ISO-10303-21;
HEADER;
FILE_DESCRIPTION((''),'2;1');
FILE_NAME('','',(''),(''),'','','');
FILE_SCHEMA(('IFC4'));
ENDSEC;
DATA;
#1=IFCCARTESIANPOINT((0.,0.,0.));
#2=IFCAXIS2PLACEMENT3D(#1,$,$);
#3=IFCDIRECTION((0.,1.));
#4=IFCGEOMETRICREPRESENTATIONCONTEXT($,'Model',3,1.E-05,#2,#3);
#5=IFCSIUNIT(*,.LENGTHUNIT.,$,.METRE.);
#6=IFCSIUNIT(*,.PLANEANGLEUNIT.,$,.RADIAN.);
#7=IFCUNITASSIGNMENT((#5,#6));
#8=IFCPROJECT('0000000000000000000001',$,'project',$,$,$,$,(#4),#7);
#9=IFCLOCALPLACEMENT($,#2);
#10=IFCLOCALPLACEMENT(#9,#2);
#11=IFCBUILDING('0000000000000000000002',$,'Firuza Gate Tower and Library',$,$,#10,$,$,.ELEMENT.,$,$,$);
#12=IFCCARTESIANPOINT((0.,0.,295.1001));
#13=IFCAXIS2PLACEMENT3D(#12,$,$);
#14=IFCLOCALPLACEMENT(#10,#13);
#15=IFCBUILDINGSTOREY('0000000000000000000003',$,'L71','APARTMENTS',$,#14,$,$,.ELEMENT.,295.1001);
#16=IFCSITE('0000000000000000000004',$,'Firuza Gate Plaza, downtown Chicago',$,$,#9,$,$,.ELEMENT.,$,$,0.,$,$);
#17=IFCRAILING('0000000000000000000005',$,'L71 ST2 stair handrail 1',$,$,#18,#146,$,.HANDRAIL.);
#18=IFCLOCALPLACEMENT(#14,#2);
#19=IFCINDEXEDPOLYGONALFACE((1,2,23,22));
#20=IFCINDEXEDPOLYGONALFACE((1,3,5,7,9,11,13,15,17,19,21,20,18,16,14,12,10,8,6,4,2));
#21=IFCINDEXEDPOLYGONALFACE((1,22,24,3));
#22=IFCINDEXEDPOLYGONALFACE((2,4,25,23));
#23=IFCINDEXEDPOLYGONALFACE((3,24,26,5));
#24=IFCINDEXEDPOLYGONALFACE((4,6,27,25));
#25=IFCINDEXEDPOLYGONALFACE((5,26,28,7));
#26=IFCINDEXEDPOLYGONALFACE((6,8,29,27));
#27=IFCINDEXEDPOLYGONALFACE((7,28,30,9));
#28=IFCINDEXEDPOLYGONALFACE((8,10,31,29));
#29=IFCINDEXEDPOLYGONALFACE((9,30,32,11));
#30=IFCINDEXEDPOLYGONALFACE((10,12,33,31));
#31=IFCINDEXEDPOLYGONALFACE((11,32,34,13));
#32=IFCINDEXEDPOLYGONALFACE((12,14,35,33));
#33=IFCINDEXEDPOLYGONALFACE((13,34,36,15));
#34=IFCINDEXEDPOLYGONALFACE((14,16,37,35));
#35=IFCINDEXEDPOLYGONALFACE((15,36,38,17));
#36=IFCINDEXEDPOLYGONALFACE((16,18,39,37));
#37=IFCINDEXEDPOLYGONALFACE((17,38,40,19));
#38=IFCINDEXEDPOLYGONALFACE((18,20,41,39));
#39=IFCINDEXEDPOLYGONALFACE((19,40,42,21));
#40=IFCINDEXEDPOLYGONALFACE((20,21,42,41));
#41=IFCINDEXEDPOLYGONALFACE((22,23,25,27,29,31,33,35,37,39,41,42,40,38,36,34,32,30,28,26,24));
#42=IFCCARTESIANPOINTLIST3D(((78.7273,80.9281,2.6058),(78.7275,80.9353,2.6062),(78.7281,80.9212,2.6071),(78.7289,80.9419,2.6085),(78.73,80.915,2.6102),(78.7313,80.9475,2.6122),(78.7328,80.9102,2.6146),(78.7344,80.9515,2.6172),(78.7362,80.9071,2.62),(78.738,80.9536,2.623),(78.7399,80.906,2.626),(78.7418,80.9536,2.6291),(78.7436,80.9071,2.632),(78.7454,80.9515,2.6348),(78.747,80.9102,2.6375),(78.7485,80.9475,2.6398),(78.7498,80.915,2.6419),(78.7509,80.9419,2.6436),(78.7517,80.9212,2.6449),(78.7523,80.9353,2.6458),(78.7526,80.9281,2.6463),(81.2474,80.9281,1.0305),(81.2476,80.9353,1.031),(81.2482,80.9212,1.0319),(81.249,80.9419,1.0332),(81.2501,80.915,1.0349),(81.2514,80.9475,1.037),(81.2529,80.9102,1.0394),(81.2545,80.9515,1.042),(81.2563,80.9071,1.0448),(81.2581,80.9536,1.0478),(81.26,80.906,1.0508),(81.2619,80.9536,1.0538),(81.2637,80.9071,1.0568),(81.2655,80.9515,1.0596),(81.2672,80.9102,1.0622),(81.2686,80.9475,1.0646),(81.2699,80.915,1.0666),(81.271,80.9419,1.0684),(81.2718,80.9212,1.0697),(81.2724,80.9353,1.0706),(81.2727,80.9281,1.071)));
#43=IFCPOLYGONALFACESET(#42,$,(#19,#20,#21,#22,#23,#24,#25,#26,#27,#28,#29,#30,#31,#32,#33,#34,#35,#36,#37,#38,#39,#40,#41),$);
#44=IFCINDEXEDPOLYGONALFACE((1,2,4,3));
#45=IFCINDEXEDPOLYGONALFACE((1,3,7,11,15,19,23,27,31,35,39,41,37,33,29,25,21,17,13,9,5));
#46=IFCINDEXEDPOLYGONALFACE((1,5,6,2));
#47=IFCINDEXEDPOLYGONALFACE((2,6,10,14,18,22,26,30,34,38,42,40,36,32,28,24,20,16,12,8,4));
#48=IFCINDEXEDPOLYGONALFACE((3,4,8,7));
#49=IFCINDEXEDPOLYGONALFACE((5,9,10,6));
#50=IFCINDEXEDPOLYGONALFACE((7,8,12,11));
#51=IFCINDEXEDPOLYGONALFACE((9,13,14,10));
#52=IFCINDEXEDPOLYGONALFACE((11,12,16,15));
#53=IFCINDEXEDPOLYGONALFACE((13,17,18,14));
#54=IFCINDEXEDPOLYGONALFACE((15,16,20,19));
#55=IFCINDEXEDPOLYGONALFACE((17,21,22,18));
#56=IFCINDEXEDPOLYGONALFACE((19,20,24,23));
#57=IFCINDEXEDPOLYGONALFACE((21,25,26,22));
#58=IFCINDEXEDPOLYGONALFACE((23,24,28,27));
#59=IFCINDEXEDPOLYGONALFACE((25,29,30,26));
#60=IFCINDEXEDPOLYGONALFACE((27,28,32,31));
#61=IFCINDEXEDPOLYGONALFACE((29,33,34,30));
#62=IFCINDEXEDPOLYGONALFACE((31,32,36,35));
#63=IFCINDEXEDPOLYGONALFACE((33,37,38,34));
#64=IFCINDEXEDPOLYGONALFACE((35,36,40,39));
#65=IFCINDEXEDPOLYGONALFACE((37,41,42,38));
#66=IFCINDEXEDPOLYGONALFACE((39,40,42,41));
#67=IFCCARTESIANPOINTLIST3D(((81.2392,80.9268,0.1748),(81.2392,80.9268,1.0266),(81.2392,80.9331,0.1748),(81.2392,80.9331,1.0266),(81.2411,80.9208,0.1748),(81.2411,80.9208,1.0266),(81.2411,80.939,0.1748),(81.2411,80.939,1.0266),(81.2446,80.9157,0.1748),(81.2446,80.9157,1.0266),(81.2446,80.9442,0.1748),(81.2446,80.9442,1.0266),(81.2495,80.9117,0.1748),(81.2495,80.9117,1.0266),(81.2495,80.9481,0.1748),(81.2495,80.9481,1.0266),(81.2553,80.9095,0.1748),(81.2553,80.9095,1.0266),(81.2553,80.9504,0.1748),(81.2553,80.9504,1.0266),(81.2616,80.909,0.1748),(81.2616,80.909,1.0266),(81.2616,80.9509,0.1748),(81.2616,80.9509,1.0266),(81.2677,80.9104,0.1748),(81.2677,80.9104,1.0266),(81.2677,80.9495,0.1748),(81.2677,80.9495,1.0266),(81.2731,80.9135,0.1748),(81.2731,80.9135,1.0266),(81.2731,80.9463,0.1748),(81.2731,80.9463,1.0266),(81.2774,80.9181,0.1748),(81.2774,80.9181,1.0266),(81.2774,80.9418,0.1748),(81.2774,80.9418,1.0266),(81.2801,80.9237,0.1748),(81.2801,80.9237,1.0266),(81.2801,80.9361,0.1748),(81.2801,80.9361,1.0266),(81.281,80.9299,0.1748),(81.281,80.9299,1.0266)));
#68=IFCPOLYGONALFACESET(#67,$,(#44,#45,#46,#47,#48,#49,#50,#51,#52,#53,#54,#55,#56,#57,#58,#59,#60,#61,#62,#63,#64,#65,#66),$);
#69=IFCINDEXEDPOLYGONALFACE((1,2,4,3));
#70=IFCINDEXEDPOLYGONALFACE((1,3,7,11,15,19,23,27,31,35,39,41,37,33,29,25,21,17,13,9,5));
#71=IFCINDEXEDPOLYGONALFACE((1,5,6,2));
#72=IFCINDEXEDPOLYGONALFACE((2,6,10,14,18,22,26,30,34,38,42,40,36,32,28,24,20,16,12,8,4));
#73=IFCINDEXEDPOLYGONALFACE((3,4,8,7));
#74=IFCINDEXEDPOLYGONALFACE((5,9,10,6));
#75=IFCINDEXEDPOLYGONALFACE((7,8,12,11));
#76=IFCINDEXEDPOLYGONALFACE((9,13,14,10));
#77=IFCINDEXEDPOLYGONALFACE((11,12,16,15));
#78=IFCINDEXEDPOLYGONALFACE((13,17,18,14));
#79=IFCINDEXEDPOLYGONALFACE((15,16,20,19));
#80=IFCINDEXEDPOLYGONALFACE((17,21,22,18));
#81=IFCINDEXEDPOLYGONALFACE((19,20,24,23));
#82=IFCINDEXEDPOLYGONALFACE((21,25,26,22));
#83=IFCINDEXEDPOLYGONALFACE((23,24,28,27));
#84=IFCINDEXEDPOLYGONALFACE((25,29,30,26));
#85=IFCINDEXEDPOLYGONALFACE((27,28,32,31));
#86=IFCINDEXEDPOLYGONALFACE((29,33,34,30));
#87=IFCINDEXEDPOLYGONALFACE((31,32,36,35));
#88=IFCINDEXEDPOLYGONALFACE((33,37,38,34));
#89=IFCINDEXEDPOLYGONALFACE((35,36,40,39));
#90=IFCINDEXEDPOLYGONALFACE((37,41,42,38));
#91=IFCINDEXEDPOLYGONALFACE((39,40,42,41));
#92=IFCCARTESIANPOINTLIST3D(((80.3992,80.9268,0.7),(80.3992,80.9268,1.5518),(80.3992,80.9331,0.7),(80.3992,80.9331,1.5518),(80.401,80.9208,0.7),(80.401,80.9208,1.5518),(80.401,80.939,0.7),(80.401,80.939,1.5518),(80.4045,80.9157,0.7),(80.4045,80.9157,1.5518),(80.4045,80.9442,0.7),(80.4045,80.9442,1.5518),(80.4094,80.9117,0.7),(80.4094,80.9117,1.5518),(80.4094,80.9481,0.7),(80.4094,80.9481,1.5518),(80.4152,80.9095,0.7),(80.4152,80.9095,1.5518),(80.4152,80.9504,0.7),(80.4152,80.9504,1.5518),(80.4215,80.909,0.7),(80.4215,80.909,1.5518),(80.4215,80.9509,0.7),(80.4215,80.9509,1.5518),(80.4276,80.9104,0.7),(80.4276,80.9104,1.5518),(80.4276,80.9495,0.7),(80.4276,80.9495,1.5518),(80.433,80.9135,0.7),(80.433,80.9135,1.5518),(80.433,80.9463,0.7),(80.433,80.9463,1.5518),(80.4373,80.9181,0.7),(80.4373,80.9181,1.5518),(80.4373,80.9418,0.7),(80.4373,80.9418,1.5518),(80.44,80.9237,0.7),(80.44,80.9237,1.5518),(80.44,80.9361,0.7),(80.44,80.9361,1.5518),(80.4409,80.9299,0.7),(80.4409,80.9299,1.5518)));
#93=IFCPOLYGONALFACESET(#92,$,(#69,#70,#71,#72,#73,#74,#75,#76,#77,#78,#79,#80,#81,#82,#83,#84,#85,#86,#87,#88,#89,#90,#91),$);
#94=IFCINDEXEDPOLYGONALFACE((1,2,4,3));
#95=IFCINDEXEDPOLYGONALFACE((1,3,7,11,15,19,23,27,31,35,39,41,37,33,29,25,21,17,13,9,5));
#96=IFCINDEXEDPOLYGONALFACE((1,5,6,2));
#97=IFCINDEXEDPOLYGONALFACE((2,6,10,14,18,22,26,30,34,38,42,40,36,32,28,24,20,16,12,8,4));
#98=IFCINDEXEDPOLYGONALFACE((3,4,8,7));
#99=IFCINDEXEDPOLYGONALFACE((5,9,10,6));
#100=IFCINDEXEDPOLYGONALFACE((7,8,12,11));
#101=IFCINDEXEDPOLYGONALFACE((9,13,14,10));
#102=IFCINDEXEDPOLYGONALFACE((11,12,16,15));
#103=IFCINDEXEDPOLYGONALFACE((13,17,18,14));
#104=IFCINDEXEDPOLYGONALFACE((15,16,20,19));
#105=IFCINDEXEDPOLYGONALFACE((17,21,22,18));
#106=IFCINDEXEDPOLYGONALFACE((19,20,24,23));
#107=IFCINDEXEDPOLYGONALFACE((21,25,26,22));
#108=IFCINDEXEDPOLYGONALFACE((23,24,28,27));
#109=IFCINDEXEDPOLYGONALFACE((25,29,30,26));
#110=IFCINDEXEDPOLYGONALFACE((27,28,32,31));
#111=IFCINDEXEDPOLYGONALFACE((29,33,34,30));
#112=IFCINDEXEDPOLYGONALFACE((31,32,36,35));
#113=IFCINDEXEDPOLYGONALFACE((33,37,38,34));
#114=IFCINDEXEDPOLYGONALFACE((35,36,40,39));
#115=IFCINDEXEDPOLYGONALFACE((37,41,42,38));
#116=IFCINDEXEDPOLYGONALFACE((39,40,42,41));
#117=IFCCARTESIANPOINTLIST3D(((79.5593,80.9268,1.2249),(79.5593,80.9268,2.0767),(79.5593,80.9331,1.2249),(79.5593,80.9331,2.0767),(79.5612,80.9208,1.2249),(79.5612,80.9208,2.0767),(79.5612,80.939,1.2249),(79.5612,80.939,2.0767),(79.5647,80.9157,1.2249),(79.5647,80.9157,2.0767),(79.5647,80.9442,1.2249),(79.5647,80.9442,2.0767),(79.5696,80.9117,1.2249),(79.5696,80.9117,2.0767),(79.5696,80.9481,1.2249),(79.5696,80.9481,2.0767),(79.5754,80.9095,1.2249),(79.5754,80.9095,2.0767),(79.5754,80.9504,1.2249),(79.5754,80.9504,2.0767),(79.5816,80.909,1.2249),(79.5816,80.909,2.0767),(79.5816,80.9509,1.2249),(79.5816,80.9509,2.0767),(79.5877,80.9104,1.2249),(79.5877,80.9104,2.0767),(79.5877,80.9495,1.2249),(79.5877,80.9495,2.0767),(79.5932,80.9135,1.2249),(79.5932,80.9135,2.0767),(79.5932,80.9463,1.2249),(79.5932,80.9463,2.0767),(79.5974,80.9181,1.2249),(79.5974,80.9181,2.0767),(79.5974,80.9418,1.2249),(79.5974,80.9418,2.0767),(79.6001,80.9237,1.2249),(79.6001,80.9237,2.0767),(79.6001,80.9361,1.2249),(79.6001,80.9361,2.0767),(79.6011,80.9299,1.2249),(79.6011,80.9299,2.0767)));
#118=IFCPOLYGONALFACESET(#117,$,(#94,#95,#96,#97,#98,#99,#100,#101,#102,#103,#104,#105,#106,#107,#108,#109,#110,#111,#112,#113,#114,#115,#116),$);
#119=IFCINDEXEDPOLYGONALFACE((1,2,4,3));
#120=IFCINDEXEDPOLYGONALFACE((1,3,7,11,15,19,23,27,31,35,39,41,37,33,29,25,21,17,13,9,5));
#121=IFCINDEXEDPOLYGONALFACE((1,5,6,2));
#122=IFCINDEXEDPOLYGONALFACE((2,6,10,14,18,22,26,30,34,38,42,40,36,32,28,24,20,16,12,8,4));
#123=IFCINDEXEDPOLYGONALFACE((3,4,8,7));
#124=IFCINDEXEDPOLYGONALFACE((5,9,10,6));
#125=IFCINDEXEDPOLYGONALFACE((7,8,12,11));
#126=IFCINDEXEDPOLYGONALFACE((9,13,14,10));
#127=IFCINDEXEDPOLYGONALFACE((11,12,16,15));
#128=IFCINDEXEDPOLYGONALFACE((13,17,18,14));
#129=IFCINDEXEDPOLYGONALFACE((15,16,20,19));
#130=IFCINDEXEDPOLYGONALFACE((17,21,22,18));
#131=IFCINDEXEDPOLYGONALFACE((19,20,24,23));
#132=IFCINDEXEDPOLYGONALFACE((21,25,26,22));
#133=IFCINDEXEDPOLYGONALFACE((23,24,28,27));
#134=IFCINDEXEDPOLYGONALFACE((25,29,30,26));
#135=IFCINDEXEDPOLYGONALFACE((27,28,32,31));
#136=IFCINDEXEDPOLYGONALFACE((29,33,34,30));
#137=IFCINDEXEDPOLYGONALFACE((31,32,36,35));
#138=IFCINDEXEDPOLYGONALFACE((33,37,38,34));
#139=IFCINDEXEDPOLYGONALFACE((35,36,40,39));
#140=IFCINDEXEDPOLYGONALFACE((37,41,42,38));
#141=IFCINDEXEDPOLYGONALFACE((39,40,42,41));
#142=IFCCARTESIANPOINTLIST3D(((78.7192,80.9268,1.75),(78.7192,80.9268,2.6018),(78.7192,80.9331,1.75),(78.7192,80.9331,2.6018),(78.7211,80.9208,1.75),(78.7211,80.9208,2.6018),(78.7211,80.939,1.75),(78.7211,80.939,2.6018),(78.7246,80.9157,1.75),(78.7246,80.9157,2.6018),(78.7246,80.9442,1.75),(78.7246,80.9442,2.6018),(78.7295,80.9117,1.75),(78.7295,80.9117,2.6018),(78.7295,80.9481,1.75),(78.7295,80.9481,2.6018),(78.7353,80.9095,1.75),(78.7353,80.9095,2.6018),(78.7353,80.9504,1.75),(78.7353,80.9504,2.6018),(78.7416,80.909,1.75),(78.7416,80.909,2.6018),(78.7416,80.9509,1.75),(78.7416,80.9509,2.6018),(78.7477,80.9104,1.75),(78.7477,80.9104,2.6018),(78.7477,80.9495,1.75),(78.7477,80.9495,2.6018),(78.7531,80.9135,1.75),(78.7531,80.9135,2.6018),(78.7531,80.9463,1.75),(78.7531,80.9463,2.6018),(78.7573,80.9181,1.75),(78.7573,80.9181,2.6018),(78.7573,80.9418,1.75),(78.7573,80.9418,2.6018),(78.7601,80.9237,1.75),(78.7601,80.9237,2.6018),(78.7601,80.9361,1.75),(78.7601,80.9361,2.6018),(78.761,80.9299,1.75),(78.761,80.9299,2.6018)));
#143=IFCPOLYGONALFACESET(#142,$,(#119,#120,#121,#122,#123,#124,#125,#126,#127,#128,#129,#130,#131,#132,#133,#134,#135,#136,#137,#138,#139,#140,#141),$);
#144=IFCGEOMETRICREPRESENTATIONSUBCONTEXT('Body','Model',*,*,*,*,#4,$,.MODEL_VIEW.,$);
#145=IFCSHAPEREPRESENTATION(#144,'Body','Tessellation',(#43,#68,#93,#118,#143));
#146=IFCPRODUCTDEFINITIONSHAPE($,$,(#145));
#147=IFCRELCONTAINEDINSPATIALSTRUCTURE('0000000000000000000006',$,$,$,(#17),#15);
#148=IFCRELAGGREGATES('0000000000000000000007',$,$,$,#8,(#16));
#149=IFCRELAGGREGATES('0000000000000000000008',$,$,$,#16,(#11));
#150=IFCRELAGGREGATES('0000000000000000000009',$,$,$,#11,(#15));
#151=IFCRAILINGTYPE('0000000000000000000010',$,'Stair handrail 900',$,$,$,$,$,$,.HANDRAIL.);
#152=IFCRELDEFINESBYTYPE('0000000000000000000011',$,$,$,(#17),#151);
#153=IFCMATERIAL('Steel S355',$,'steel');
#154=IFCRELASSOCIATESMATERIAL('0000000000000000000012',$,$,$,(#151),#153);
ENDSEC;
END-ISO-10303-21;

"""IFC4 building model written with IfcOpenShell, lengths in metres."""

from ifc_helpers import new_model, si_unit, direction, frame, origin, origin_2d, place, context, subcontext, project, spatial, circle, extrude, material, type_object, element, save


model = new_model("IFC4")

# Units and contexts
model_context = context("Model", 3, precision=1e-05, world=origin(), true_north=direction((0.0, 1.0)))
body_context = subcontext(model_context, "Body", "Model", "MODEL_VIEW")
ifc_project = project(units=[si_unit("LENGTHUNIT", "METRE"), si_unit("PLANEANGLEUNIT", "RADIAN")], contexts=[model_context])

# Site, building, storey
site_placement = place(None, origin())
site = spatial("IfcSite", under=ifc_project, at=site_placement, Name="Firuza Gate Plaza, downtown Chicago", CompositionType="ELEMENT", RefElevation=0.0)
building_placement = place(site_placement, origin())
building = spatial("IfcBuilding", under=site, at=building_placement, Name="Firuza Gate Tower and Library", CompositionType="ELEMENT")
storey_placement = place(building_placement, frame((0.0, 0.0, 295.1001)))
storey = spatial("IfcBuildingStorey", under=building, at=storey_placement, Name="L71", Description="APARTMENTS", CompositionType="ELEMENT", Elevation=295.1001)

# Railing
ifc_material_1 = material(Name="Steel S355", Category="steel")
railing_type_1 = type_object("IfcRailingType", Name="Stair handrail 900", PredefinedType="HANDRAIL", material=ifc_material_1)
railing_1_placement = place(storey_placement, frame((81.26, 80.9299, 0.1748)))
element("IfcRailing", 1, at=railing_1_placement, inside=storey, type_object=railing_type_1, Name="L71 ST2 stair handrail 1", PredefinedType="HANDRAIL", context=body_context, shape_type="SweptSolid", body=[
    extrude(circle(Radius=0.0239, at=origin_2d()), frame((0.0, 0.0, 0.876), z_axis=(-0.847971, 0.0, 0.530043), x_axis=(0.0, -1.0, 0.0)), (0.0, 0.0, 1.0), 2.9719),
    extrude(circle(Radius=0.021, at=origin_2d()), origin(), (0.0, 0.0, 1.0), 0.8518),
    extrude(circle(Radius=0.021, at=origin_2d()), frame((-0.8401, 0.0, 0.5251)), (0.0, 0.0, 1.0), 0.8518),
    extrude(circle(Radius=0.021, at=origin_2d()), frame((-1.6799, 0.0, 1.05)), (0.0, 0.0, 1.0), 0.8518),
    extrude(circle(Radius=0.021, at=origin_2d()), frame((-2.52, 0.0, 1.5752)), (0.0, 0.0, 1.0), 0.8518),
])

save(model, "model.ifc")
